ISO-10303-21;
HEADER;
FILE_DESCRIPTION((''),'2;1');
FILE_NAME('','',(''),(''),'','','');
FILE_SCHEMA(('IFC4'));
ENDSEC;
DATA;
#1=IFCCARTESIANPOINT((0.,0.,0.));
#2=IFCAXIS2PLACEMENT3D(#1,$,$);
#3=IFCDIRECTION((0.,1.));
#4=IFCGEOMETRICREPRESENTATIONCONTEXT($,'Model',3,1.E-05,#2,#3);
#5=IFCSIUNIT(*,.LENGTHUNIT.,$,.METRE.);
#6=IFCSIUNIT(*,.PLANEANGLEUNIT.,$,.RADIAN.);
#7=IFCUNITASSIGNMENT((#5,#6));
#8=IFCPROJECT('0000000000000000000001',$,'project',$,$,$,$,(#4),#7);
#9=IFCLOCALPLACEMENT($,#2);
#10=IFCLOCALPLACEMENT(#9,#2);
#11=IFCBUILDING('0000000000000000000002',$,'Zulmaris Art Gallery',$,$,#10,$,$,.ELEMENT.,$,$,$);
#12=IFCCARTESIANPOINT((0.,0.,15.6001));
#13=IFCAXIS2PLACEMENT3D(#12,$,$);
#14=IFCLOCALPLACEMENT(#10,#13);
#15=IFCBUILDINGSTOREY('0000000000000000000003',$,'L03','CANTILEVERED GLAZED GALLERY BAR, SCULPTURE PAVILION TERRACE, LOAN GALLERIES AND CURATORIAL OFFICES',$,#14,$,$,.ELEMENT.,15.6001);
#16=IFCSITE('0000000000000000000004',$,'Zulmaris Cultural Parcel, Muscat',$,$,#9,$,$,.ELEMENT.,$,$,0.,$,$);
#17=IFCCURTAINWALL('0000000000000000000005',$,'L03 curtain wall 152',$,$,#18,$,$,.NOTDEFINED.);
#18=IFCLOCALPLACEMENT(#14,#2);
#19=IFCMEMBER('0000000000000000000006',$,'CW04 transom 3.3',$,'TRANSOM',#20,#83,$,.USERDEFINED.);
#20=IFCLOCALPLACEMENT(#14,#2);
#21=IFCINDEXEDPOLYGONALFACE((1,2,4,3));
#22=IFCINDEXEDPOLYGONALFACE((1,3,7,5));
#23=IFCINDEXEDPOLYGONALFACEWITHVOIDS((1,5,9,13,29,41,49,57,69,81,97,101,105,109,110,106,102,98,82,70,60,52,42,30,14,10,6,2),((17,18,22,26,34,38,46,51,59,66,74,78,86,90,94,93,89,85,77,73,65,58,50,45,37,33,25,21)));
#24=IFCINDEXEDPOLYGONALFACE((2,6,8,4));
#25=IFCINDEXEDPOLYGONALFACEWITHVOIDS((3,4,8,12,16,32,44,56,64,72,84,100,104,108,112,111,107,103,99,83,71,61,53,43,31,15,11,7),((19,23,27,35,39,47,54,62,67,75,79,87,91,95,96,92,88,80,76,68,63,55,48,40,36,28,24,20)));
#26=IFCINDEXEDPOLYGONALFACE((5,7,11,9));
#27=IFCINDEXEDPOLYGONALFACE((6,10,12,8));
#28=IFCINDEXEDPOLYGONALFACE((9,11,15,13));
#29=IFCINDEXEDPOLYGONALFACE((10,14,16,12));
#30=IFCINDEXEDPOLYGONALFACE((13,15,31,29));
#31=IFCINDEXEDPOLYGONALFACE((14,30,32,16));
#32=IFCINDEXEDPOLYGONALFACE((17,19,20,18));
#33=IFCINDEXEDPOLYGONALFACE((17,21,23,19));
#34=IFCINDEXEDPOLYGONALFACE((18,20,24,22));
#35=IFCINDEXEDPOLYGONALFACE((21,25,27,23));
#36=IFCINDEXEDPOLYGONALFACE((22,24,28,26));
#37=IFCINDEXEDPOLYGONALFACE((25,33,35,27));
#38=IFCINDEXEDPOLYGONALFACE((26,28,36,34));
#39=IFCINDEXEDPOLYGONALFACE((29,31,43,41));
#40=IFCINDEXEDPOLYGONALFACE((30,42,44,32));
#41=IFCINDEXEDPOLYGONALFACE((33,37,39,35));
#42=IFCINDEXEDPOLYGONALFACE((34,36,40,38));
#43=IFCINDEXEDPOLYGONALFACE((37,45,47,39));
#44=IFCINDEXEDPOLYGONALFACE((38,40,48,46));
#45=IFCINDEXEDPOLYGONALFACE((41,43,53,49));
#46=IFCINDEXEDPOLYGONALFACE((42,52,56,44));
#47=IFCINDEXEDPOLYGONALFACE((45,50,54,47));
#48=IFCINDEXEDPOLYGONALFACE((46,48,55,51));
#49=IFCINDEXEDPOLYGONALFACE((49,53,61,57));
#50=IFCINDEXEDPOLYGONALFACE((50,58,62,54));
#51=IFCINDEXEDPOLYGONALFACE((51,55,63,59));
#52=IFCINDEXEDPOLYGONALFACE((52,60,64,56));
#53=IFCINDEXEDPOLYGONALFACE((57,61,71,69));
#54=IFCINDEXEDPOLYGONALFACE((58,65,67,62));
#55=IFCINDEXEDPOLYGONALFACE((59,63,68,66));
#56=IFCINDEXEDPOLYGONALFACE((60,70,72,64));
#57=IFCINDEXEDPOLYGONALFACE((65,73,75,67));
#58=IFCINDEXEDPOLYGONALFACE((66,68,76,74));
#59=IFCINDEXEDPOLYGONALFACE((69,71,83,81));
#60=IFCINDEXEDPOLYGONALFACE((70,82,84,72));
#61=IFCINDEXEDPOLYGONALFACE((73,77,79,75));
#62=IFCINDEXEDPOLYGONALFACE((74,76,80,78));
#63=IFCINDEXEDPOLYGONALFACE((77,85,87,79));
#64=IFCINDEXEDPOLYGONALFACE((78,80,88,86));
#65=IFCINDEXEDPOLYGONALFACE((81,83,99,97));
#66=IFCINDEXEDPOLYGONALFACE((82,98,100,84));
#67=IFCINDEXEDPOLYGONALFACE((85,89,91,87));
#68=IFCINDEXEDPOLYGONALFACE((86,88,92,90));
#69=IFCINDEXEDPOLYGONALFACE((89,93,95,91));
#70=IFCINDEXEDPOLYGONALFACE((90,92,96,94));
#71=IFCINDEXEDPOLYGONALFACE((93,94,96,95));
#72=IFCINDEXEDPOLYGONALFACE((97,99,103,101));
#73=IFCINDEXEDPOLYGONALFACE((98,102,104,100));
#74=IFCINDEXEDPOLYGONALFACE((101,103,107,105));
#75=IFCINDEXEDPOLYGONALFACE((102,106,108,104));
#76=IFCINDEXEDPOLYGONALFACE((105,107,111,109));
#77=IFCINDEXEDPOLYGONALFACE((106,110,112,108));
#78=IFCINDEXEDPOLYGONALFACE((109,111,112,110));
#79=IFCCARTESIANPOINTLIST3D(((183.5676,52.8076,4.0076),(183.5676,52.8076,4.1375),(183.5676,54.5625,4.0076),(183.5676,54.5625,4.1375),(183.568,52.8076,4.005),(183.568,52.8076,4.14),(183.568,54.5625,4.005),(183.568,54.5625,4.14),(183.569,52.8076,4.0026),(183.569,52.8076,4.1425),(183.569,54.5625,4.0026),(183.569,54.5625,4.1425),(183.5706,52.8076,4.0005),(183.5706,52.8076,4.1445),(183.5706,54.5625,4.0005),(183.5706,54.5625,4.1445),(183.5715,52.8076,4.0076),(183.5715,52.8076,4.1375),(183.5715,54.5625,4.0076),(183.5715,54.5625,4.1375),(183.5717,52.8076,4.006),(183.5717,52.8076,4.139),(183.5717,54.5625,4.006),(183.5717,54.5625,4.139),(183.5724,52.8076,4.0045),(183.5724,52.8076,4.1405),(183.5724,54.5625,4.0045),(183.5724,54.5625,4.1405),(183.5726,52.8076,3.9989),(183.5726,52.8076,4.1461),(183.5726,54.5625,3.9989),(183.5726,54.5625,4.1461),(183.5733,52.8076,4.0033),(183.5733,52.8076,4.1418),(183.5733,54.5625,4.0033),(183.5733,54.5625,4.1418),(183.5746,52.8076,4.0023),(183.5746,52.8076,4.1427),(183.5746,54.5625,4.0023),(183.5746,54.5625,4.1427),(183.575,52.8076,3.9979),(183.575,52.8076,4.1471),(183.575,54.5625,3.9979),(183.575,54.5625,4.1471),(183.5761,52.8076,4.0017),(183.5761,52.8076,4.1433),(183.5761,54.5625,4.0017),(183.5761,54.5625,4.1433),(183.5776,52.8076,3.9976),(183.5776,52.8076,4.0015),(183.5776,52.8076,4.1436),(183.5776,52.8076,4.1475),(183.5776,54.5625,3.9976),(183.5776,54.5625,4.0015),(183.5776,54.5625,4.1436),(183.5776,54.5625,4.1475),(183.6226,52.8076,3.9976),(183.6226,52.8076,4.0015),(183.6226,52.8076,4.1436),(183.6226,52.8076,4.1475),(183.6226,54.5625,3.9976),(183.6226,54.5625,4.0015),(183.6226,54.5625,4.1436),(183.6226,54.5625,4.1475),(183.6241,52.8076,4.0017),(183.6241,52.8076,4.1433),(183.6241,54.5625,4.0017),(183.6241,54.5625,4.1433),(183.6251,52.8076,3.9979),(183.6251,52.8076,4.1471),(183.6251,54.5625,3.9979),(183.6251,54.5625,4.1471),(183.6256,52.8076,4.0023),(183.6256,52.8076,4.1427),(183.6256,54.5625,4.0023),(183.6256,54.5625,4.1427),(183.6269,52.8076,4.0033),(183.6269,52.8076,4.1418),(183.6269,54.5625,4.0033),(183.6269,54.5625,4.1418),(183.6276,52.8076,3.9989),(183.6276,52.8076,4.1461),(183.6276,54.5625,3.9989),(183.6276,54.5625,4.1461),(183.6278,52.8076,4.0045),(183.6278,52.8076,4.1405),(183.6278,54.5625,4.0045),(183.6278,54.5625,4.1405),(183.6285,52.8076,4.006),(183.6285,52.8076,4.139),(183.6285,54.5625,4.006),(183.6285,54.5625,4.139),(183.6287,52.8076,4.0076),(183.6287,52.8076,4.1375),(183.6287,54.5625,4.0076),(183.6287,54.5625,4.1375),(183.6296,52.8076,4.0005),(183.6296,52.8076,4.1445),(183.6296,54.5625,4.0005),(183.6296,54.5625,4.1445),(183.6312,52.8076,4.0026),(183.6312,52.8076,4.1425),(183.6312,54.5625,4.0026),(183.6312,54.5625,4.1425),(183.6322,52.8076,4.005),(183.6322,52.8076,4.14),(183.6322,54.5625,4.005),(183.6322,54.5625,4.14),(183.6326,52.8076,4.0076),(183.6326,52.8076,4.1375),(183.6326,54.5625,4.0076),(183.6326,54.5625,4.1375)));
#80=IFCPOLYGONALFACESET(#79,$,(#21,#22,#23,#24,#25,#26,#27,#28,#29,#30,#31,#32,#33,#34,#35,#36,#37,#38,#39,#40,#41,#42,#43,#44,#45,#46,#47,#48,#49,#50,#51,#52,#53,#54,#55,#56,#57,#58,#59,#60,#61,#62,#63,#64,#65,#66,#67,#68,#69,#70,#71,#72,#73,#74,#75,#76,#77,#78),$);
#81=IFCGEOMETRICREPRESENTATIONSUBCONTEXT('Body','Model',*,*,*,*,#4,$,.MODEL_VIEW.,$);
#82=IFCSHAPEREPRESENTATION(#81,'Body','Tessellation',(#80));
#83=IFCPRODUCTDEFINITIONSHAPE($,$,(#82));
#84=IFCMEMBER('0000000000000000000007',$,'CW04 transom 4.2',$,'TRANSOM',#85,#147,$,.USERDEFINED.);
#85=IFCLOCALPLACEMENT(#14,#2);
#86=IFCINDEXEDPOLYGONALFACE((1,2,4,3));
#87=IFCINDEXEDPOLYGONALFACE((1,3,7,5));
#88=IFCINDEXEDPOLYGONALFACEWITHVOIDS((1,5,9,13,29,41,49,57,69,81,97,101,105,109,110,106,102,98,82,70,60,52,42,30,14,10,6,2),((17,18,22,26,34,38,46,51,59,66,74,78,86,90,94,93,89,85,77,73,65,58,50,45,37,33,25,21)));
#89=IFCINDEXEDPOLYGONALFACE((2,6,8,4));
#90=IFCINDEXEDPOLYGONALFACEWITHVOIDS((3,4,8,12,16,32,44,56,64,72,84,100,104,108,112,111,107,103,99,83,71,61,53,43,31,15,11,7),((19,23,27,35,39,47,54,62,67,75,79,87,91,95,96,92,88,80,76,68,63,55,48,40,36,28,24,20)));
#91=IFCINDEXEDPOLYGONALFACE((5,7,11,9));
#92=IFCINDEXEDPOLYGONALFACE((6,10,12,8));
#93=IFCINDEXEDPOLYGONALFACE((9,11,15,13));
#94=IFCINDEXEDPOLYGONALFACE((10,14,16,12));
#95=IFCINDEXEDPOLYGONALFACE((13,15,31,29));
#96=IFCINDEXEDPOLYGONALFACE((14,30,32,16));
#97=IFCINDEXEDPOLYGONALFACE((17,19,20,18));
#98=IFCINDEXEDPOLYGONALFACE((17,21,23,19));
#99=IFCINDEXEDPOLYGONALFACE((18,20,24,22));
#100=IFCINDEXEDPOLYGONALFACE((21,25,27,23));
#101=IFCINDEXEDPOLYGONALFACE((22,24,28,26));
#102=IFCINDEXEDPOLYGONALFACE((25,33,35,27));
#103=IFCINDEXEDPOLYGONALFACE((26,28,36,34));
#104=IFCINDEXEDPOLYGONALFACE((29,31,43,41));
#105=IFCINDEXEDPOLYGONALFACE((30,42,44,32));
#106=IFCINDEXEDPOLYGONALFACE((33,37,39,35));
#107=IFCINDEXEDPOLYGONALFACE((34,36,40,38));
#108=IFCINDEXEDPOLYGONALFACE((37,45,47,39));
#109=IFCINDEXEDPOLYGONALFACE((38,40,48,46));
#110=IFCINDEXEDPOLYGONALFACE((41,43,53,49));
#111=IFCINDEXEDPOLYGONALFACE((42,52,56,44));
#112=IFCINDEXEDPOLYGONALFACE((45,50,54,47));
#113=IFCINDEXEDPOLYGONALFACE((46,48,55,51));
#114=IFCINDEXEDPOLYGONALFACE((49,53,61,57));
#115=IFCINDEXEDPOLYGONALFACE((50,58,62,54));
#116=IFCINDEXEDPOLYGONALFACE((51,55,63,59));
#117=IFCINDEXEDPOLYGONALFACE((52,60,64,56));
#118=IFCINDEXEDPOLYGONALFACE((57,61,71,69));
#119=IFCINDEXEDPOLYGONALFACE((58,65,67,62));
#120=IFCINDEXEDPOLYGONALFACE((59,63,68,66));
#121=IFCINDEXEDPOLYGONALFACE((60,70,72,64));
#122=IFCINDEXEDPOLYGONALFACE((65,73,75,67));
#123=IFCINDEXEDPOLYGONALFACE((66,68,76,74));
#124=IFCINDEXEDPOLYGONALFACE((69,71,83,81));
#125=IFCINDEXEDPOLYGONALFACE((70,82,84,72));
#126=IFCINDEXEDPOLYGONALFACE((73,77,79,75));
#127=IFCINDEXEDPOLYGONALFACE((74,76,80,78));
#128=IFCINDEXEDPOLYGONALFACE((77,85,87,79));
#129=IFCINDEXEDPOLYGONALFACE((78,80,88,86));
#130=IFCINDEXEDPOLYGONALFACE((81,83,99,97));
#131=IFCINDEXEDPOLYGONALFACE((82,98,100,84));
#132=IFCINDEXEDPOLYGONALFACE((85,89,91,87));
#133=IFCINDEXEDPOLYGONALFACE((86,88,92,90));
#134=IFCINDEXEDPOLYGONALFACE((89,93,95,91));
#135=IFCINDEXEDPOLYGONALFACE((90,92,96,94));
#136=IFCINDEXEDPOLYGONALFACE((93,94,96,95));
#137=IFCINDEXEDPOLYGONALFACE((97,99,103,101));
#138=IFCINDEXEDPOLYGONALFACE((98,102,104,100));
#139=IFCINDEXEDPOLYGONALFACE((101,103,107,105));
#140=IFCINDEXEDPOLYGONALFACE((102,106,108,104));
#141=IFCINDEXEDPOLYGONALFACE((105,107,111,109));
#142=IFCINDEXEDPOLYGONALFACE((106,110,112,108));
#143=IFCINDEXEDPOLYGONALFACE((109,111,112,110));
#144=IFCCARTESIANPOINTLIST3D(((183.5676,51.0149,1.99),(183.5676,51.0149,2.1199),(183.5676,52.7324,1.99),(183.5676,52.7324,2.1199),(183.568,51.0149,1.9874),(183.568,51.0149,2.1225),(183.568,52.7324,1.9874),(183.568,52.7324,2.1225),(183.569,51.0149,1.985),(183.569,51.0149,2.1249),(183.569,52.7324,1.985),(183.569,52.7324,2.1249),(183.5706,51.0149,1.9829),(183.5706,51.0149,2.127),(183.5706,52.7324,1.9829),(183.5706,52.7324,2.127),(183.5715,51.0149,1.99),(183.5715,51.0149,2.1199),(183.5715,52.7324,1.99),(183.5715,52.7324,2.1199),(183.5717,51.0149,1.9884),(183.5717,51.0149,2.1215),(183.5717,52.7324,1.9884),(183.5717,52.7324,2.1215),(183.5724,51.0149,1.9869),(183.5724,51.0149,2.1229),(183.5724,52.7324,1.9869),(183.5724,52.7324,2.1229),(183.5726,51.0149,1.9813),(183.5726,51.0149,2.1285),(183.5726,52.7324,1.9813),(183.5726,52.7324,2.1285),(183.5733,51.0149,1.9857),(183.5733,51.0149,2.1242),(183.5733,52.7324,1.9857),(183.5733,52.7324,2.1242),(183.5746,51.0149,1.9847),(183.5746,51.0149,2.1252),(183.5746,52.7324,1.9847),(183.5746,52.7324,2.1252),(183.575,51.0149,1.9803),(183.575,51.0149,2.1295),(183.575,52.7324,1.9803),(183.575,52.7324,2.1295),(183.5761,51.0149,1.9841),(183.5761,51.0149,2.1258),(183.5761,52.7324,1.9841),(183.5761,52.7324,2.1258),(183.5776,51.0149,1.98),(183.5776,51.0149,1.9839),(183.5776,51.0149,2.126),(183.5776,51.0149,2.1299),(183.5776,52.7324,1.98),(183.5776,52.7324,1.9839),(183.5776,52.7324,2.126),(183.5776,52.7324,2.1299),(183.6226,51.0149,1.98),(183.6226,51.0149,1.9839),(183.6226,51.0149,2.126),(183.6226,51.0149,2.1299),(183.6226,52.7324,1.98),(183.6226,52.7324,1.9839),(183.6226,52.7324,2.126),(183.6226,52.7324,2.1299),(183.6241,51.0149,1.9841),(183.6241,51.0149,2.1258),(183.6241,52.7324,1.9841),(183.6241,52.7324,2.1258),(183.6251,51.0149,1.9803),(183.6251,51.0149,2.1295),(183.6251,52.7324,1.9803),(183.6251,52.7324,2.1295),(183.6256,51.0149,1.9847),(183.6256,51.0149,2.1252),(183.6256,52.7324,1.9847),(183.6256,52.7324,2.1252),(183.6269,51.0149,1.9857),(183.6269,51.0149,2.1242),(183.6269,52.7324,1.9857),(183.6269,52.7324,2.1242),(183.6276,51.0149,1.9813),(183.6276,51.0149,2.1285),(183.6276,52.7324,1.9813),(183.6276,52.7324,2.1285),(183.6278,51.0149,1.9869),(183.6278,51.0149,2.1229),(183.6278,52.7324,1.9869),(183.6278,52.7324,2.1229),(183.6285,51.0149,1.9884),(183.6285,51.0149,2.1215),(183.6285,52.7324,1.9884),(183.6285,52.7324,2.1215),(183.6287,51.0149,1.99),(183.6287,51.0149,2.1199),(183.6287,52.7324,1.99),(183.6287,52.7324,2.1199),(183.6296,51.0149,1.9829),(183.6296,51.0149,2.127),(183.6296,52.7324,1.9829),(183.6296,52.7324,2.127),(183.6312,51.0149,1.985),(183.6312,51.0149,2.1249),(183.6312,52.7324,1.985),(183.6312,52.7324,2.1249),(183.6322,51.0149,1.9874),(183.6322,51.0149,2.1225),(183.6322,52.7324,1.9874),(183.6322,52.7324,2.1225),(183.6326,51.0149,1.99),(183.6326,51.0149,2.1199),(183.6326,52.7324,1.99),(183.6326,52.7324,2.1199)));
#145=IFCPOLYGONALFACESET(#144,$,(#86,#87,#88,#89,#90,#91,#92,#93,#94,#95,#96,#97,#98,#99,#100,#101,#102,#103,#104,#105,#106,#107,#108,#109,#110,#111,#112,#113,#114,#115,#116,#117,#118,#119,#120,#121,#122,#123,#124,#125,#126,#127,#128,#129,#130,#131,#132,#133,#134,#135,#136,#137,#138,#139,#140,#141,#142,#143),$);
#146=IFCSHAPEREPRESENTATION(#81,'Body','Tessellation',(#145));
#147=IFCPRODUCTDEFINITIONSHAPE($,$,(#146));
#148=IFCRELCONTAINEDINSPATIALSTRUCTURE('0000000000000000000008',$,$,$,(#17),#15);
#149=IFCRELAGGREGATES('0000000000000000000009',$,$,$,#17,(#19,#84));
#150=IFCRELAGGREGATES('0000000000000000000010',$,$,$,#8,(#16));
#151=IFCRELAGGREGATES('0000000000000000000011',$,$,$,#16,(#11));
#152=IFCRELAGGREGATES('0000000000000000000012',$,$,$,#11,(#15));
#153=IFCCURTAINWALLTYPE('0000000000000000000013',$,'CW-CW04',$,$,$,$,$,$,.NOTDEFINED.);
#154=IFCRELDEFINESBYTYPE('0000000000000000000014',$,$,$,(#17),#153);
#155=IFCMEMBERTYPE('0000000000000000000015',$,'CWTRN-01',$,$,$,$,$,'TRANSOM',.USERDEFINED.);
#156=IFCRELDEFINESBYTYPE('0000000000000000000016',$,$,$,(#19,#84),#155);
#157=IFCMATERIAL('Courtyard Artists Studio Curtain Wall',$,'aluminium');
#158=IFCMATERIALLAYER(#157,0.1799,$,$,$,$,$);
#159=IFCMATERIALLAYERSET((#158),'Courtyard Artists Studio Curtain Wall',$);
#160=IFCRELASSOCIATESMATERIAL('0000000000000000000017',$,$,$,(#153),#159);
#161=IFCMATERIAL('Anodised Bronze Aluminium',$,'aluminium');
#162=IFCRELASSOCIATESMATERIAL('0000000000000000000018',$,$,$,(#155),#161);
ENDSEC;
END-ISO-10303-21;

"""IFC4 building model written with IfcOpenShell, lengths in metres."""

from ifc_helpers import new_model, si_unit, direction, frame, origin, origin_2d, place, context, subcontext, project, spatial, hollow_rectangle, extrude, material, layer, layer_set, material_profile, profile_set, type_object, element, aggregate, save


model = new_model("IFC4")

# Units and contexts
model_context = context("Model", 3, precision=1e-05, world=origin(), true_north=direction((0.0, 1.0)))
body_context = subcontext(model_context, "Body", "Model", "MODEL_VIEW")
ifc_project = project(units=[si_unit("LENGTHUNIT", "METRE"), si_unit("PLANEANGLEUNIT", "RADIAN")], contexts=[model_context])

# Site, building, storey
site_placement = place(None, origin())
site = spatial("IfcSite", under=ifc_project, at=site_placement, Name="Zulmaris Cultural Parcel, Muscat", CompositionType="ELEMENT", RefElevation=0.0)
building_placement = place(site_placement, origin())
building = spatial("IfcBuilding", under=site, at=building_placement, Name="Zulmaris Art Gallery", CompositionType="ELEMENT")
storey_placement = place(building_placement, frame((0.0, 0.0, 15.6001)))
storey = spatial("IfcBuildingStorey", under=building, at=storey_placement, Name="L03", Description="CANTILEVERED GLAZED GALLERY BAR, SCULPTURE PAVILION TERRACE, LOAN GALLERIES AND CURATORIAL OFFICES", CompositionType="ELEMENT", Elevation=15.6001)

# Curtain wall, members
ifc_material_1 = material(Name="Courtyard Artists Studio Curtain Wall", Category="aluminium")
ifc_layer_1 = layer(ifc_material_1, 0.1799)
ifc_layer_set_1 = layer_set([ifc_layer_1], Name="Courtyard Artists Studio Curtain Wall")
curtain_wall_type = type_object("IfcCurtainWallType", Name="CW-CW04", PredefinedType="NOTDEFINED", material=ifc_layer_set_1)
curtain_wall_placement = place(storey_placement, origin())
curtain_wall = element("IfcCurtainWall", 1, at=curtain_wall_placement, inside=storey, type_object=curtain_wall_type, Name="L03 curtain wall 152", PredefinedType="NOTDEFINED")
ifc_material_2 = material(Name="Anodised Bronze Aluminium", Category="aluminium")
ifc_material_profile_1 = material_profile(ifc_material_2, hollow_rectangle(XDim=0.0649, YDim=0.1499, WallThickness=0.0039, InnerFilletRadius=0.0061, OuterFilletRadius=0.01, at=origin_2d()), Name="ALU 65x150x4")
ifc_profile_set_1 = profile_set([ifc_material_profile_1], Name="Anodised Bronze Aluminium")
member_type_1 = type_object("IfcMemberType", Name="CWTRN-01", ElementType="TRANSOM", PredefinedType="USERDEFINED", material=ifc_profile_set_1)
member_1_placement = place(storey_placement, frame((183.6001, 54.5625, 4.0725), z_axis=(0.0, -1.0, 0.0), x_axis=(1.0, 0.0, 0.0)))
member_1 = element("IfcMember", 2, at=member_1_placement, type_object=member_type_1, Name="CW04 transom 3.3", ObjectType="TRANSOM", PredefinedType="USERDEFINED", context=body_context, shape_type="SweptSolid", body=[
    extrude(hollow_rectangle(XDim=0.0649, YDim=0.1499, WallThickness=0.0039, InnerFilletRadius=0.0061, OuterFilletRadius=0.01, at=origin_2d()), origin(), (0.0, 0.0, 1.0), 1.7549),
])
member_2_placement = place(storey_placement, frame((183.6001, 52.7324, 2.0549), z_axis=(0.0, -1.0, 0.0), x_axis=(1.0, 0.0, 0.0)))
member_2 = element("IfcMember", 3, at=member_2_placement, type_object=member_type_1, Name="CW04 transom 4.2", ObjectType="TRANSOM", PredefinedType="USERDEFINED", context=body_context, shape_type="SweptSolid", body=[
    extrude(hollow_rectangle(XDim=0.0649, YDim=0.1499, WallThickness=0.0039, InnerFilletRadius=0.0061, OuterFilletRadius=0.01, at=origin_2d()), origin(), (0.0, 0.0, 1.0), 1.7175),
])
aggregate(curtain_wall, [member_1, member_2])

save(model, "model.ifc")
